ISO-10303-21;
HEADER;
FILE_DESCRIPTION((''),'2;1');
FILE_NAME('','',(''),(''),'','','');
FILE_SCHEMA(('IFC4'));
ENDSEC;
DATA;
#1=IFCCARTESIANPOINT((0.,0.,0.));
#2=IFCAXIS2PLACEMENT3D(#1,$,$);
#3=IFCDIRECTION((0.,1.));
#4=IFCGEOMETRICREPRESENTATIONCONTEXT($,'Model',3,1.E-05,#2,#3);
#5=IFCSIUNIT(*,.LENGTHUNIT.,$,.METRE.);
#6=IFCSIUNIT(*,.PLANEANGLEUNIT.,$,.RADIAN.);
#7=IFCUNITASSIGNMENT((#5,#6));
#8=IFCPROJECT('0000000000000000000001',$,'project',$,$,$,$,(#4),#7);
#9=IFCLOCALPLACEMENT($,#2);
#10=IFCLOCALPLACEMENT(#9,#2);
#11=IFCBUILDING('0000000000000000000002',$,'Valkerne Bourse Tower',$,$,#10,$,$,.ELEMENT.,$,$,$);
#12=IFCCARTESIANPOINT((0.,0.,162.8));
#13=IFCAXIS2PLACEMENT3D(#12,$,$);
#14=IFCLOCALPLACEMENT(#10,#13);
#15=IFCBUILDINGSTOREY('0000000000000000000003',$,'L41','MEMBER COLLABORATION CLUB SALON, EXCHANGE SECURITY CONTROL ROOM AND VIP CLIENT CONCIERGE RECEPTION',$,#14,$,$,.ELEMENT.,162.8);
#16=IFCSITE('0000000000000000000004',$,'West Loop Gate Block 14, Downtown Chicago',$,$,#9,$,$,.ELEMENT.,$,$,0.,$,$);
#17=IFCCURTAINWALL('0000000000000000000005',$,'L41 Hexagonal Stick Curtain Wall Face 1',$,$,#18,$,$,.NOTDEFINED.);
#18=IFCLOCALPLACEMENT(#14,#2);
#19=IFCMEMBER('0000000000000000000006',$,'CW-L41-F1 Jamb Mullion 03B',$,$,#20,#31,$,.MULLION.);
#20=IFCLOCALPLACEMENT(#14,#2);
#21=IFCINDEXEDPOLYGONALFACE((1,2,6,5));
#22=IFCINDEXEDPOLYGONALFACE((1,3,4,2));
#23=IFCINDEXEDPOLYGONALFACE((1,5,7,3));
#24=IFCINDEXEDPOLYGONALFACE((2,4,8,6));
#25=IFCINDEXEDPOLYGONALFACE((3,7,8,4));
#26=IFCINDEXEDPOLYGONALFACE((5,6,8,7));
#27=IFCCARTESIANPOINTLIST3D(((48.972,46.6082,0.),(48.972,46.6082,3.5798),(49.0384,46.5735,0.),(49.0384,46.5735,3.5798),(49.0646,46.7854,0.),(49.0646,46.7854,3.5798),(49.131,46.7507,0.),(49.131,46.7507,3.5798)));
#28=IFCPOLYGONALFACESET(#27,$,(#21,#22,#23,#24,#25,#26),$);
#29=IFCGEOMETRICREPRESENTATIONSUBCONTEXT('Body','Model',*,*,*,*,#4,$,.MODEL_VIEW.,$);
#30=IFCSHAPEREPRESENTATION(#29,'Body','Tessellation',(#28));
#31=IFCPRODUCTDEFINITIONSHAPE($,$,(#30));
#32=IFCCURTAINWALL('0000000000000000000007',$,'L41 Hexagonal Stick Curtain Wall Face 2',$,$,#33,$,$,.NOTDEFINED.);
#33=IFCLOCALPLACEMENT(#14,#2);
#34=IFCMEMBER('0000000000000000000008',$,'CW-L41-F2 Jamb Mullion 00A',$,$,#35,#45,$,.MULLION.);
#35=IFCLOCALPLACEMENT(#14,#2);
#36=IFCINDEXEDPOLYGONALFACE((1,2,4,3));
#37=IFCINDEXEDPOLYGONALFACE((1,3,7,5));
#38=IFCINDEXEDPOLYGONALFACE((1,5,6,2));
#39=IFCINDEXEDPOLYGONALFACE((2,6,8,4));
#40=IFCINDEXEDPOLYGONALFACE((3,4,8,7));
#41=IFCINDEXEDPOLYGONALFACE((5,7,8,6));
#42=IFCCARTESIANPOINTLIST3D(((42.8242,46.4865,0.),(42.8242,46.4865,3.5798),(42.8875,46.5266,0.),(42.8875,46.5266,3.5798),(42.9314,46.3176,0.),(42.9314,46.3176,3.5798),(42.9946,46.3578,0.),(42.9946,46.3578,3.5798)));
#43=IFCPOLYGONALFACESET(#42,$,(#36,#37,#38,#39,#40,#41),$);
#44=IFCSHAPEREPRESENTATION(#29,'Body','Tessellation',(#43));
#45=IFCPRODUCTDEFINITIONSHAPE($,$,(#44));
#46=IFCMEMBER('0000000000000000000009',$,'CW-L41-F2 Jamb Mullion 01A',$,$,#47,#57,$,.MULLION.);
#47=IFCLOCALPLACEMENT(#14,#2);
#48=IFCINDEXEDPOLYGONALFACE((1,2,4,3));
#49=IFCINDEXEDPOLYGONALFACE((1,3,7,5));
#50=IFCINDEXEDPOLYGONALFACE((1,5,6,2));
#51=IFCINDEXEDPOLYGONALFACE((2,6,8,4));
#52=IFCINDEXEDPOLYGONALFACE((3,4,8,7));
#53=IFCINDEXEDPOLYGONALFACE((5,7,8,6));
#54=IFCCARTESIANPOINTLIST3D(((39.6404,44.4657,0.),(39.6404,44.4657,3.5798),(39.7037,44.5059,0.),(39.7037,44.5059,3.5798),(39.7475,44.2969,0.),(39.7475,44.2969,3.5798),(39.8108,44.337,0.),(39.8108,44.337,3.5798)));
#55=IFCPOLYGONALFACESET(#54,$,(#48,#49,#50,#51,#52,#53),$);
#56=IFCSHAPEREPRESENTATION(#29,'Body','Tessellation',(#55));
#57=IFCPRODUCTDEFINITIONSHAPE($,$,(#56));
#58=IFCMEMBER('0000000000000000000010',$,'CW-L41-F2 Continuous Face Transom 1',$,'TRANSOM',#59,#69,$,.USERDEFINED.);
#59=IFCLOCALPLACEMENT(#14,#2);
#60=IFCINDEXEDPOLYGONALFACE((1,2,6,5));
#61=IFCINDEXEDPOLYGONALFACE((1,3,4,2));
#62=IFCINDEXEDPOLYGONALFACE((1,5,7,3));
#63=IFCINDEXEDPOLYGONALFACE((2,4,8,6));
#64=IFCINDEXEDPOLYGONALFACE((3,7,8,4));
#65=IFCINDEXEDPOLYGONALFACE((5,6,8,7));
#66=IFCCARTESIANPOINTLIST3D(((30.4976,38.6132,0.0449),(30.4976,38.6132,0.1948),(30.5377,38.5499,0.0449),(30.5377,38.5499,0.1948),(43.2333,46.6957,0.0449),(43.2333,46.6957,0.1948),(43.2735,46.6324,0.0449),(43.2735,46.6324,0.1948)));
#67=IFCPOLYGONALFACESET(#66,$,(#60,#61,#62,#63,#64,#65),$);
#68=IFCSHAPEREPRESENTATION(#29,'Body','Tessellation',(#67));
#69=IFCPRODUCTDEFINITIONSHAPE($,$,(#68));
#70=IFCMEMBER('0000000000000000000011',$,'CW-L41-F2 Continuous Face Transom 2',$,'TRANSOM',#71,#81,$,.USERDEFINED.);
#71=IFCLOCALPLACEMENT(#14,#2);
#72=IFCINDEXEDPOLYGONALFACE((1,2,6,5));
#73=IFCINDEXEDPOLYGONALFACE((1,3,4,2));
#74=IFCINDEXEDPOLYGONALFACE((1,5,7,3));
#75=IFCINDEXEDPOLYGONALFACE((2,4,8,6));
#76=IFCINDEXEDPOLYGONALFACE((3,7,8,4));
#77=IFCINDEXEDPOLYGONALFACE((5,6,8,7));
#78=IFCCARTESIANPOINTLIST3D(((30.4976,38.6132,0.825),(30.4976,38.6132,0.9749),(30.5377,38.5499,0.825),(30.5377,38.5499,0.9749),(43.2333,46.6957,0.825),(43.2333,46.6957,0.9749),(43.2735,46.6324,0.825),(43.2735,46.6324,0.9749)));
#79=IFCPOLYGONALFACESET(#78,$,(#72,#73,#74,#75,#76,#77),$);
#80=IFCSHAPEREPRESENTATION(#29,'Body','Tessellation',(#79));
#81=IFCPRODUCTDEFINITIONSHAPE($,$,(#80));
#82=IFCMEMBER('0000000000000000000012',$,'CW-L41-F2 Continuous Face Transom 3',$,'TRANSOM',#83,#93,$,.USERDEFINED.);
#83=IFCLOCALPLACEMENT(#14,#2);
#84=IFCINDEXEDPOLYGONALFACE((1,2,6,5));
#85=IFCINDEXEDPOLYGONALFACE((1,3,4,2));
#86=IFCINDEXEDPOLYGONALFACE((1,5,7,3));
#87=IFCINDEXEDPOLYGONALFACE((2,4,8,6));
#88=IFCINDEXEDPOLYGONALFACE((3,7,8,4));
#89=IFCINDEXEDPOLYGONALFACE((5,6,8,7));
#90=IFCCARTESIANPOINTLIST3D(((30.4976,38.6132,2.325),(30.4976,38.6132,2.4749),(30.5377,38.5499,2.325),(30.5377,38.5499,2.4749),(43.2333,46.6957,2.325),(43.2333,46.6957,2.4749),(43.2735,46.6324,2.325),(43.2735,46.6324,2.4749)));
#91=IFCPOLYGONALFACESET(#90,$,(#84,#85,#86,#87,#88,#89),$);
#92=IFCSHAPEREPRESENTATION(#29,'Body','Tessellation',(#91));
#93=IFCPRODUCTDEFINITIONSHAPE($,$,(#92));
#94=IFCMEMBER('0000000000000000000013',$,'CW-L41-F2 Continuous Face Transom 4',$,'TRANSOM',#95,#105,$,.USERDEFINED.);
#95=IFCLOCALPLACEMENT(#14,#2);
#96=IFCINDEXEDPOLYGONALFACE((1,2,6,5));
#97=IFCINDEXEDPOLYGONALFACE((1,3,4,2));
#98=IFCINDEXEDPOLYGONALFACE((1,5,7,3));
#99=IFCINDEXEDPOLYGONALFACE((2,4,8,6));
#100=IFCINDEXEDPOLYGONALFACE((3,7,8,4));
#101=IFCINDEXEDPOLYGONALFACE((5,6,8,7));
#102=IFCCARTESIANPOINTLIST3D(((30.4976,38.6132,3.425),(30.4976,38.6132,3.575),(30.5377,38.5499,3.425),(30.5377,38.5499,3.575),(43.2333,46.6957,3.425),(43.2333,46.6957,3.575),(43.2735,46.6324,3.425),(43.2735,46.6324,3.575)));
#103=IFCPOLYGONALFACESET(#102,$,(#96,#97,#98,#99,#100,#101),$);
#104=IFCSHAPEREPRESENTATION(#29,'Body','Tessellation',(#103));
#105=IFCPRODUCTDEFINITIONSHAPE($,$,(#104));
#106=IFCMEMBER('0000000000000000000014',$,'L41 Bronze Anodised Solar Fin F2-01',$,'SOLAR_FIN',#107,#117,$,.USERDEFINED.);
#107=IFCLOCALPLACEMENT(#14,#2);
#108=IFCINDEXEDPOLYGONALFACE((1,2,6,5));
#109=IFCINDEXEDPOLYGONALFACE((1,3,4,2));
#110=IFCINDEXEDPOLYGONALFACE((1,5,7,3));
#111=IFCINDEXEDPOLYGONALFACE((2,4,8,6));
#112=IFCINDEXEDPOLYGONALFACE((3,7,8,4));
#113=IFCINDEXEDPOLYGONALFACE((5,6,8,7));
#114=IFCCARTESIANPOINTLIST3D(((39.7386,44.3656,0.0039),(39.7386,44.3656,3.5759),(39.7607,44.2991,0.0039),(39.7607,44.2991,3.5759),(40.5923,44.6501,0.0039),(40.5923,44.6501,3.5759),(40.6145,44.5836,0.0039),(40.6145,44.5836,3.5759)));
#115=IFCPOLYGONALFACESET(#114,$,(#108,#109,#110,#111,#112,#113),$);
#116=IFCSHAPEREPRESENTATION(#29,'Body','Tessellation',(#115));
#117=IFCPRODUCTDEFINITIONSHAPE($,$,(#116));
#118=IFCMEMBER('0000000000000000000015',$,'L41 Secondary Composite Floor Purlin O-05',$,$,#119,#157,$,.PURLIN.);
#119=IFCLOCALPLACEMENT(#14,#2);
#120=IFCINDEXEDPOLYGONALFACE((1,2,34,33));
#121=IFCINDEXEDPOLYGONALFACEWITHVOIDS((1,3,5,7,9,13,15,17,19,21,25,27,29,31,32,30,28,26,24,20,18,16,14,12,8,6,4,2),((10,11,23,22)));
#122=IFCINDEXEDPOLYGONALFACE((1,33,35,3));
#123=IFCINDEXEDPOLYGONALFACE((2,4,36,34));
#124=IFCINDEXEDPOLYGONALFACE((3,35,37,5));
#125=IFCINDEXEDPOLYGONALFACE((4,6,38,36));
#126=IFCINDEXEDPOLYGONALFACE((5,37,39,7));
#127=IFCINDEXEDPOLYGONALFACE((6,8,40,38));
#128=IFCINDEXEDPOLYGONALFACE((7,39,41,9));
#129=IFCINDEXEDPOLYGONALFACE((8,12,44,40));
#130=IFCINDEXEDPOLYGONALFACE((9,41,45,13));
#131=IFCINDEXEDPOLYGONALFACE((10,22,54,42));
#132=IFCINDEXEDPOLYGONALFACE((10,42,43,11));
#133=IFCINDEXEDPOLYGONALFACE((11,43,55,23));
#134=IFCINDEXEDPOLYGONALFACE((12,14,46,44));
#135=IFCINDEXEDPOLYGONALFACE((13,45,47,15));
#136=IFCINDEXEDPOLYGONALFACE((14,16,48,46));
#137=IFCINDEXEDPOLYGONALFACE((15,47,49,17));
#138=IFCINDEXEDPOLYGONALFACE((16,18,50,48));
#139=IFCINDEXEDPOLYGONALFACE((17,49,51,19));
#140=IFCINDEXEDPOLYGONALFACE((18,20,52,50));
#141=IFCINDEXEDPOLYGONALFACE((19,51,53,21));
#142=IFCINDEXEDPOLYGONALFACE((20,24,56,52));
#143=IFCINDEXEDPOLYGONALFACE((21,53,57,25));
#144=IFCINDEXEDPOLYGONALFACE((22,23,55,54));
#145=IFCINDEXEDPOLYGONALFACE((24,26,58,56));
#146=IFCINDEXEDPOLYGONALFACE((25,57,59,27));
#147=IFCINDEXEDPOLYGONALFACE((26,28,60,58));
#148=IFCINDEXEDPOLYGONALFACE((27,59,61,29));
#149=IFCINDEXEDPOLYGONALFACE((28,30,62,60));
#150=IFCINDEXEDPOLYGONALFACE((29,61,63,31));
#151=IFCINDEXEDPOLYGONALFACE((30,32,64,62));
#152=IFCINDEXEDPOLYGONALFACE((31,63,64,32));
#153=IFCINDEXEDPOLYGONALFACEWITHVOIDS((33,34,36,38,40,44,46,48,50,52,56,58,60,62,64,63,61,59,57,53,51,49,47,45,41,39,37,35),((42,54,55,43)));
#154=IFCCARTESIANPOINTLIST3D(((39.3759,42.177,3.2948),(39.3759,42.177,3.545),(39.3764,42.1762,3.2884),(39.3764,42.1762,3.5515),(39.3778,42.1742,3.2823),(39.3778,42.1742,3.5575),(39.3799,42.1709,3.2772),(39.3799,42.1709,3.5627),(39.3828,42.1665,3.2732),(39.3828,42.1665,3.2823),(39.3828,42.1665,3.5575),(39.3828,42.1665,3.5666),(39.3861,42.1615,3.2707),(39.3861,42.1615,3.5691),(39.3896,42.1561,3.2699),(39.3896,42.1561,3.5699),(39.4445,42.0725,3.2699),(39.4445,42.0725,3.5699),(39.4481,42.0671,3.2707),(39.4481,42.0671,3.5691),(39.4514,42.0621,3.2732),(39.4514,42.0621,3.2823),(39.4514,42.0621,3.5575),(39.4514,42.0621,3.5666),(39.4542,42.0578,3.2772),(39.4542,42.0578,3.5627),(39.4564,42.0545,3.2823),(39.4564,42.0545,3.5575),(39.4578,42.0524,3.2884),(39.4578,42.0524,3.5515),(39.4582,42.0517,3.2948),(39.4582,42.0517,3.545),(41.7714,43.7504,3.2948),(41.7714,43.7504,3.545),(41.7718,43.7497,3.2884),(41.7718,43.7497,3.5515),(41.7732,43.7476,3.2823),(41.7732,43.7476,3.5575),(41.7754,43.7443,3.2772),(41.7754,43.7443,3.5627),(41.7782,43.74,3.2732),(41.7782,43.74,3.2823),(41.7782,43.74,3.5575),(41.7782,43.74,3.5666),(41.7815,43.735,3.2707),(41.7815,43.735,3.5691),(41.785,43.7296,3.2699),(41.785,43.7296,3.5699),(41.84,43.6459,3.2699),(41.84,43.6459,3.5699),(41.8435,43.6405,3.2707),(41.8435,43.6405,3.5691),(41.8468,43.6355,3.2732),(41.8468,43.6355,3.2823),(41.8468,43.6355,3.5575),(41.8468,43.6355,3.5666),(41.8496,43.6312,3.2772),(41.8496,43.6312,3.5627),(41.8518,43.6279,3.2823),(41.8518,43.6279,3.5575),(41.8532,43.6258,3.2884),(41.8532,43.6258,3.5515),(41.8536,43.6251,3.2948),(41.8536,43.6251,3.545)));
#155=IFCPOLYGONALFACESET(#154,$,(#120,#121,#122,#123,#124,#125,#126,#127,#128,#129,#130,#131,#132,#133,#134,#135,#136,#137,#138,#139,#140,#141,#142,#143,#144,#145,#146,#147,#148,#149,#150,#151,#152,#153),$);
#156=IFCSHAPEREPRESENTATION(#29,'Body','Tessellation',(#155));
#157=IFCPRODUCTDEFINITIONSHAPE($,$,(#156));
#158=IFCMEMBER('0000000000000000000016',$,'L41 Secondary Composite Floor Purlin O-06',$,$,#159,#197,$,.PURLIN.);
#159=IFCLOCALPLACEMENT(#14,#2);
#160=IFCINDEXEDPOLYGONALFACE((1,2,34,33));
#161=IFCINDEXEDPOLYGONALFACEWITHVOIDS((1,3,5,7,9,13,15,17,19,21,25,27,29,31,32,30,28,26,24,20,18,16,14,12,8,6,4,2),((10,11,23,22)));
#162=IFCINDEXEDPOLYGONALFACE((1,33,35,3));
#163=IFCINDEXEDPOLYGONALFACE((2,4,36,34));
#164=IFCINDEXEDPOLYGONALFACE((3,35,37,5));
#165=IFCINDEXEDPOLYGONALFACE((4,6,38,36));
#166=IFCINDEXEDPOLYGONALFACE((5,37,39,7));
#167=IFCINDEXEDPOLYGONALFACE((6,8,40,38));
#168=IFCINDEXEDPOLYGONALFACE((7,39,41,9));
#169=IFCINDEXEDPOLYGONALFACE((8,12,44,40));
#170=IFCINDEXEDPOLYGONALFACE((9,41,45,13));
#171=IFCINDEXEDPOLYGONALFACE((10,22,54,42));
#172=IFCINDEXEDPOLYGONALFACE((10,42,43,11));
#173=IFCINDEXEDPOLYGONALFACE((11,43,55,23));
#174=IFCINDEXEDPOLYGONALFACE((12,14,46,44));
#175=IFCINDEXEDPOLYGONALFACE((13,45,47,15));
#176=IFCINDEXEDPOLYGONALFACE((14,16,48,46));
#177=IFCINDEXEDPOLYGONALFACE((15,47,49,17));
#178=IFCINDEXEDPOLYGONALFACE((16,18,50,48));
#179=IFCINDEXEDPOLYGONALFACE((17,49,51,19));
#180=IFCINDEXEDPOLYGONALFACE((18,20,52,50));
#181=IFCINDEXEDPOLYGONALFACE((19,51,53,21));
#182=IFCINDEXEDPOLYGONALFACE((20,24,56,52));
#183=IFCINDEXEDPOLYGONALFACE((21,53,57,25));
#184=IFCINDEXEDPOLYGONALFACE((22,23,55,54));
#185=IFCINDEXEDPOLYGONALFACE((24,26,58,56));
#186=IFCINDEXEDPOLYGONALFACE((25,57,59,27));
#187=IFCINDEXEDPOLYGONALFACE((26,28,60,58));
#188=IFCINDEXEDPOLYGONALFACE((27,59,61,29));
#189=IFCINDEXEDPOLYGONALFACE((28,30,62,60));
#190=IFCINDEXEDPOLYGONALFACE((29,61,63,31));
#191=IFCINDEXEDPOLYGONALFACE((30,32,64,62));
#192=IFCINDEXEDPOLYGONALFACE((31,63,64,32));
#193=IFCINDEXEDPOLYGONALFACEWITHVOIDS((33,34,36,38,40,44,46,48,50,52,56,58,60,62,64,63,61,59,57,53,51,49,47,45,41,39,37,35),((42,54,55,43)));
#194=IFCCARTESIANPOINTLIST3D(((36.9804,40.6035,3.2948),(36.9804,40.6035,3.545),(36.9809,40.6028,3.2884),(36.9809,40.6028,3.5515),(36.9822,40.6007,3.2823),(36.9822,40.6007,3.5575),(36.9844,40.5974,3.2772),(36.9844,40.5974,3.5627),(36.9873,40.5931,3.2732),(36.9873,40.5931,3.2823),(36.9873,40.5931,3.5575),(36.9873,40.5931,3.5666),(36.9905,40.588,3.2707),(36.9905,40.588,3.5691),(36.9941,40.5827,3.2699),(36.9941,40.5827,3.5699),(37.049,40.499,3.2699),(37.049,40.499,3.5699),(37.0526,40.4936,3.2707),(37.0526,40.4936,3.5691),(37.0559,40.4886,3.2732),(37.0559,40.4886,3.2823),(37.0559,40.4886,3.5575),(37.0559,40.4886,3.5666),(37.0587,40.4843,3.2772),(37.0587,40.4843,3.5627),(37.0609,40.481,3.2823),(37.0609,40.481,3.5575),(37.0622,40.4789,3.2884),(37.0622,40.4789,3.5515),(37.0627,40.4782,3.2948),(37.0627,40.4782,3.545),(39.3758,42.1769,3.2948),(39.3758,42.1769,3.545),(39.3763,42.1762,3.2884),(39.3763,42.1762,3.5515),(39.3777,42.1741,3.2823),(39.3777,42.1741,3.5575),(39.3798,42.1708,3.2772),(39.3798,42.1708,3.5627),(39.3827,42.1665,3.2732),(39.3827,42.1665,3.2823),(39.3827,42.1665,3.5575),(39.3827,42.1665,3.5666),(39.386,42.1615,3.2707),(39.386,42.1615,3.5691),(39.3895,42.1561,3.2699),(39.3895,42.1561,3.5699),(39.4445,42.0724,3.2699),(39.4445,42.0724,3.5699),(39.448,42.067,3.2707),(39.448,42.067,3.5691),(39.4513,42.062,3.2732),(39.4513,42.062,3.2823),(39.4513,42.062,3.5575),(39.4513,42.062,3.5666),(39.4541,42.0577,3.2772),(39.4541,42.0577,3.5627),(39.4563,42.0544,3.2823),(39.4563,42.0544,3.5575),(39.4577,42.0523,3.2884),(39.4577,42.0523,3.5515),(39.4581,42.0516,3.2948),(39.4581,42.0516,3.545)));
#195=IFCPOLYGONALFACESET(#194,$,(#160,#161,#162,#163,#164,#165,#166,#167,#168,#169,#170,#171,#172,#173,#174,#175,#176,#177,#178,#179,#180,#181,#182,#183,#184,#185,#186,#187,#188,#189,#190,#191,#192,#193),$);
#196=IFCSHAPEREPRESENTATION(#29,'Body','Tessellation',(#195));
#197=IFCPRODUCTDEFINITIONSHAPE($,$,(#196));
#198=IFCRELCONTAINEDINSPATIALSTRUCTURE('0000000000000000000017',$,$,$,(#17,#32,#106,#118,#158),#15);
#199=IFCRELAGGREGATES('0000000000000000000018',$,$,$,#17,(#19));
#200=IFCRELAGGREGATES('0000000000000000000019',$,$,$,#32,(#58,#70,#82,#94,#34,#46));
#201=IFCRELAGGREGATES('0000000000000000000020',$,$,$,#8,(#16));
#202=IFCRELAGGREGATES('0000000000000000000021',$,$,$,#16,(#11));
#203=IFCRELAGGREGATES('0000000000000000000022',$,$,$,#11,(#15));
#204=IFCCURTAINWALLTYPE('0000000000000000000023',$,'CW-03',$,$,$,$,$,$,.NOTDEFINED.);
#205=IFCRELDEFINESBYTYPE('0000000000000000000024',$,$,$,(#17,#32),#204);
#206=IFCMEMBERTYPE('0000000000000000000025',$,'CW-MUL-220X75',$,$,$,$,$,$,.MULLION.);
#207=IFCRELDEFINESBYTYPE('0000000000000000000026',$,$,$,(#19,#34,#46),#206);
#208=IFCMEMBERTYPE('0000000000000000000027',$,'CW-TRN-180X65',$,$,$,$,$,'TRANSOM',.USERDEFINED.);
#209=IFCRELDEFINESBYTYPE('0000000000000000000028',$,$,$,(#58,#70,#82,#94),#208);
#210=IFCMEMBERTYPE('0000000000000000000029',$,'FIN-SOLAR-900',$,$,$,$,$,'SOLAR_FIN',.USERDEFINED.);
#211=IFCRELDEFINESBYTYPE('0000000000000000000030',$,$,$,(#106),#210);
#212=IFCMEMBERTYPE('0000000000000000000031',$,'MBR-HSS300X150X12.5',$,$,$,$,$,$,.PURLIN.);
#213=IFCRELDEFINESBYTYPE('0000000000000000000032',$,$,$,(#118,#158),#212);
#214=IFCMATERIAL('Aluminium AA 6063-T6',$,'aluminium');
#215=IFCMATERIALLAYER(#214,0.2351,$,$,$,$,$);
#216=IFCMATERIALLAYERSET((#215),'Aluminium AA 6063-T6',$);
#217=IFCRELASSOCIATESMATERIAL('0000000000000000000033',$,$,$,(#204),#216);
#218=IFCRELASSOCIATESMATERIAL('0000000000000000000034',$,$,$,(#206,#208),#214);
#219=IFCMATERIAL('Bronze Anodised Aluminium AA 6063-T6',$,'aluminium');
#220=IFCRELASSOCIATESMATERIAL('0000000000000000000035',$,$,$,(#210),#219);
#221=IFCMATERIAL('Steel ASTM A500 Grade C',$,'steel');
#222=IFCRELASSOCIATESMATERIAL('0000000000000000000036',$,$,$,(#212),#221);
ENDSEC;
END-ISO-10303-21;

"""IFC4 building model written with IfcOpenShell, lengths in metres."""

from ifc_helpers import new_model, si_unit, direction, frame, origin, origin_2d, place, context, subcontext, project, spatial, rectangle, hollow_rectangle, extrude, material, layer, layer_set, material_profile, profile_set, type_object, element, aggregate, save


model = new_model("IFC4")

# Units and contexts
model_context = context("Model", 3, precision=1e-05, world=origin(), true_north=direction((0.0, 1.0)))
body_context = subcontext(model_context, "Body", "Model", "MODEL_VIEW")
ifc_project = project(units=[si_unit("LENGTHUNIT", "METRE"), si_unit("PLANEANGLEUNIT", "RADIAN")], contexts=[model_context])

# Site, building, storey
site_placement = place(None, origin())
site = spatial("IfcSite", under=ifc_project, at=site_placement, Name="West Loop Gate Block 14, Downtown Chicago", CompositionType="ELEMENT", RefElevation=0.0)
building_placement = place(site_placement, origin())
building = spatial("IfcBuilding", under=site, at=building_placement, Name="Valkerne Bourse Tower", CompositionType="ELEMENT")
storey_placement = place(building_placement, frame((0.0, 0.0, 162.8)))
storey = spatial("IfcBuildingStorey", under=building, at=storey_placement, Name="L41", Description="MEMBER COLLABORATION CLUB SALON, EXCHANGE SECURITY CONTROL ROOM AND VIP CLIENT CONCIERGE RECEPTION", CompositionType="ELEMENT", Elevation=162.8)

# Curtain wall, member
ifc_material_1 = material(Name="Aluminium AA 6063-T6", Category="aluminium")
ifc_layer_1 = layer(ifc_material_1, 0.2351)
ifc_layer_set_1 = layer_set([ifc_layer_1], Name="Aluminium AA 6063-T6")
curtain_wall_type = type_object("IfcCurtainWallType", Name="CW-03", PredefinedType="NOTDEFINED", material=ifc_layer_set_1)
curtain_wall_1_placement = place(storey_placement, origin())
curtain_wall_1 = element("IfcCurtainWall", 1, at=curtain_wall_1_placement, inside=storey, type_object=curtain_wall_type, Name="L41 Hexagonal Stick Curtain Wall Face 1", PredefinedType="NOTDEFINED")
ifc_material_profile_1 = material_profile(ifc_material_1, rectangle(XDim=0.075, YDim=0.2, at=origin_2d()), Name="CWM-75X200")
ifc_profile_set_1 = profile_set([ifc_material_profile_1], Name="Aluminium AA 6063-T6")
member_type_1 = type_object("IfcMemberType", Name="CW-MUL-220X75", PredefinedType="MULLION", material=ifc_profile_set_1)
member_1_placement = place(storey_placement, frame((49.0515, 46.6794, 0.0), z_axis=(0.0, 0.0, 1.0), x_axis=(-0.886204, 0.463295, 0.0)))
member_1 = element("IfcMember", 2, at=member_1_placement, type_object=member_type_1, Name="CW-L41-F1 Jamb Mullion 03B", PredefinedType="MULLION", context=body_context, shape_type="SweptSolid", body=[
    extrude(rectangle(XDim=0.075, YDim=0.2, at=origin_2d()), origin(), (0.0, 0.0, 1.0), 3.5798),
])

# Curtain wall, members
curtain_wall_2_placement = place(storey_placement, origin())
curtain_wall_2 = element("IfcCurtainWall", 3, at=curtain_wall_2_placement, inside=storey, type_object=curtain_wall_type, Name="L41 Hexagonal Stick Curtain Wall Face 2", PredefinedType="NOTDEFINED")
member_2_placement = place(storey_placement, frame((42.9094, 46.4221, 0.0), z_axis=(0.0, 0.0, 1.0), x_axis=(-0.844331, -0.535822, 0.0)))
member_2 = element("IfcMember", 4, at=member_2_placement, type_object=member_type_1, Name="CW-L41-F2 Jamb Mullion 00A", PredefinedType="MULLION", context=body_context, shape_type="SweptSolid", body=[
    extrude(rectangle(XDim=0.075, YDim=0.2, at=origin_2d()), origin(), (0.0, 0.0, 1.0), 3.5798),
])
member_3_placement = place(storey_placement, frame((39.7256, 44.4014, 0.0), z_axis=(0.0, 0.0, 1.0), x_axis=(-0.844324, -0.535834, 0.0)))
member_3 = element("IfcMember", 5, at=member_3_placement, type_object=member_type_1, Name="CW-L41-F2 Jamb Mullion 01A", PredefinedType="MULLION", context=body_context, shape_type="SweptSolid", body=[
    extrude(rectangle(XDim=0.075, YDim=0.2, at=origin_2d()), origin(), (0.0, 0.0, 1.0), 3.5798),
])
ifc_material_profile_2 = material_profile(ifc_material_1, rectangle(XDim=0.075, YDim=0.1499, at=origin_2d()), Name="CWT-75X150")
ifc_profile_set_2 = profile_set([ifc_material_profile_2], Name="Aluminium AA 6063-T6")
member_type_2 = type_object("IfcMemberType", Name="CW-TRN-180X65", ElementType="TRANSOM", PredefinedType="USERDEFINED", material=ifc_profile_set_2)
member_4_placement = place(storey_placement, frame((43.2534, 46.6641, 0.1199), z_axis=(-0.844325, -0.535832, 0.0), x_axis=(0.535832, -0.844325, 0.0)))
member_4 = element("IfcMember", 6, at=member_4_placement, type_object=member_type_2, Name="CW-L41-F2 Continuous Face Transom 1", ObjectType="TRANSOM", PredefinedType="USERDEFINED", context=body_context, shape_type="SweptSolid", body=[
    extrude(rectangle(XDim=0.075, YDim=0.1499, at=origin_2d()), origin(), (0.0, 0.0, 1.0), 15.084),
])
member_5_placement = place(storey_placement, frame((43.2534, 46.6641, 0.8999), z_axis=(-0.844325, -0.535832, 0.0), x_axis=(0.535832, -0.844325, 0.0)))
member_5 = element("IfcMember", 7, at=member_5_placement, type_object=member_type_2, Name="CW-L41-F2 Continuous Face Transom 2", ObjectType="TRANSOM", PredefinedType="USERDEFINED", context=body_context, shape_type="SweptSolid", body=[
    extrude(rectangle(XDim=0.075, YDim=0.1499, at=origin_2d()), origin(), (0.0, 0.0, 1.0), 15.084),
])
member_6_placement = place(storey_placement, frame((43.2534, 46.6641, 2.3999), z_axis=(-0.844325, -0.535832, 0.0), x_axis=(0.535832, -0.844325, 0.0)))
member_6 = element("IfcMember", 8, at=member_6_placement, type_object=member_type_2, Name="CW-L41-F2 Continuous Face Transom 3", ObjectType="TRANSOM", PredefinedType="USERDEFINED", context=body_context, shape_type="SweptSolid", body=[
    extrude(rectangle(XDim=0.075, YDim=0.1499, at=origin_2d()), origin(), (0.0, 0.0, 1.0), 15.084),
])
member_7_placement = place(storey_placement, frame((43.2534, 46.6641, 3.5), z_axis=(-0.844325, -0.535832, 0.0), x_axis=(0.535832, -0.844325, 0.0)))
member_7 = element("IfcMember", 9, at=member_7_placement, type_object=member_type_2, Name="CW-L41-F2 Continuous Face Transom 4", ObjectType="TRANSOM", PredefinedType="USERDEFINED", context=body_context, shape_type="SweptSolid", body=[
    extrude(rectangle(XDim=0.075, YDim=0.1499, at=origin_2d()), origin(), (0.0, 0.0, 1.0), 15.084),
])

# Members
ifc_material_2 = material(Name="Bronze Anodised Aluminium AA 6063-T6", Category="aluminium")
ifc_material_profile_3 = material_profile(ifc_material_2, rectangle(XDim=0.0701, YDim=0.8999, at=origin_2d()), Name="FIN-70X900")
ifc_profile_set_3 = profile_set([ifc_material_profile_3], Name="Bronze Anodised Aluminium AA 6063-T6")
member_type_3 = type_object("IfcMemberType", Name="FIN-SOLAR-900", ElementType="SOLAR_FIN", PredefinedType="USERDEFINED", material=ifc_profile_set_3)
member_8_placement = place(storey_placement, frame((40.1765, 44.4746, 0.0039), z_axis=(0.0, 0.0, 1.0), x_axis=(-0.316194, 0.948695, 0.0)))
element("IfcMember", 10, at=member_8_placement, inside=storey, type_object=member_type_3, Name="L41 Bronze Anodised Solar Fin F2-01", ObjectType="SOLAR_FIN", PredefinedType="USERDEFINED", context=body_context, shape_type="SweptSolid", body=[
    extrude(rectangle(XDim=0.0701, YDim=0.8999, at=origin_2d()), origin(), (0.0, 0.0, 1.0), 3.572),
])
ifc_material_3 = material(Name="Steel ASTM A500 Grade C", Category="steel")
ifc_material_profile_4 = material_profile(ifc_material_3, hollow_rectangle(XDim=0.1499, YDim=0.3, WallThickness=0.0125, OuterFilletRadius=0.0249, at=origin_2d()), Name="HSS300X150X12.5")
ifc_profile_set_4 = profile_set([ifc_material_profile_4], Name="Steel ASTM A500 Grade C")
member_type_4 = type_object("IfcMemberType", Name="MBR-HSS300X150X12.5", PredefinedType="PURLIN", material=ifc_profile_set_4)
for number, where, z_axis, x_axis, name in (
    (11, (41.8125, 43.6877, 3.4199), (-0.835818, -0.549006, 0.0), (0.549006, -0.835818, 0.0), "L41 Secondary Composite Floor Purlin O-05"),
    (12, (39.417, 42.1143, 3.4199), (-0.835818, -0.549006, 0.0), (0.549006, -0.835818, 0.0), "L41 Secondary Composite Floor Purlin O-06"),
):
    element("IfcMember", number, at=place(storey_placement, frame(where, z_axis=z_axis, x_axis=x_axis)), inside=storey, type_object=member_type_4, Name=name, PredefinedType="PURLIN", context=body_context, shape_type="SweptSolid", body=[
        extrude(hollow_rectangle(XDim=0.1499, YDim=0.3, WallThickness=0.0125, OuterFilletRadius=0.0249, at=origin_2d()), origin(), (0.0, 0.0, 1.0), 2.866),
    ])

aggregate(curtain_wall_1, [member_1])
aggregate(curtain_wall_2, [member_4, member_5, member_6, member_7, member_2, member_3])

save(model, "model.ifc")
